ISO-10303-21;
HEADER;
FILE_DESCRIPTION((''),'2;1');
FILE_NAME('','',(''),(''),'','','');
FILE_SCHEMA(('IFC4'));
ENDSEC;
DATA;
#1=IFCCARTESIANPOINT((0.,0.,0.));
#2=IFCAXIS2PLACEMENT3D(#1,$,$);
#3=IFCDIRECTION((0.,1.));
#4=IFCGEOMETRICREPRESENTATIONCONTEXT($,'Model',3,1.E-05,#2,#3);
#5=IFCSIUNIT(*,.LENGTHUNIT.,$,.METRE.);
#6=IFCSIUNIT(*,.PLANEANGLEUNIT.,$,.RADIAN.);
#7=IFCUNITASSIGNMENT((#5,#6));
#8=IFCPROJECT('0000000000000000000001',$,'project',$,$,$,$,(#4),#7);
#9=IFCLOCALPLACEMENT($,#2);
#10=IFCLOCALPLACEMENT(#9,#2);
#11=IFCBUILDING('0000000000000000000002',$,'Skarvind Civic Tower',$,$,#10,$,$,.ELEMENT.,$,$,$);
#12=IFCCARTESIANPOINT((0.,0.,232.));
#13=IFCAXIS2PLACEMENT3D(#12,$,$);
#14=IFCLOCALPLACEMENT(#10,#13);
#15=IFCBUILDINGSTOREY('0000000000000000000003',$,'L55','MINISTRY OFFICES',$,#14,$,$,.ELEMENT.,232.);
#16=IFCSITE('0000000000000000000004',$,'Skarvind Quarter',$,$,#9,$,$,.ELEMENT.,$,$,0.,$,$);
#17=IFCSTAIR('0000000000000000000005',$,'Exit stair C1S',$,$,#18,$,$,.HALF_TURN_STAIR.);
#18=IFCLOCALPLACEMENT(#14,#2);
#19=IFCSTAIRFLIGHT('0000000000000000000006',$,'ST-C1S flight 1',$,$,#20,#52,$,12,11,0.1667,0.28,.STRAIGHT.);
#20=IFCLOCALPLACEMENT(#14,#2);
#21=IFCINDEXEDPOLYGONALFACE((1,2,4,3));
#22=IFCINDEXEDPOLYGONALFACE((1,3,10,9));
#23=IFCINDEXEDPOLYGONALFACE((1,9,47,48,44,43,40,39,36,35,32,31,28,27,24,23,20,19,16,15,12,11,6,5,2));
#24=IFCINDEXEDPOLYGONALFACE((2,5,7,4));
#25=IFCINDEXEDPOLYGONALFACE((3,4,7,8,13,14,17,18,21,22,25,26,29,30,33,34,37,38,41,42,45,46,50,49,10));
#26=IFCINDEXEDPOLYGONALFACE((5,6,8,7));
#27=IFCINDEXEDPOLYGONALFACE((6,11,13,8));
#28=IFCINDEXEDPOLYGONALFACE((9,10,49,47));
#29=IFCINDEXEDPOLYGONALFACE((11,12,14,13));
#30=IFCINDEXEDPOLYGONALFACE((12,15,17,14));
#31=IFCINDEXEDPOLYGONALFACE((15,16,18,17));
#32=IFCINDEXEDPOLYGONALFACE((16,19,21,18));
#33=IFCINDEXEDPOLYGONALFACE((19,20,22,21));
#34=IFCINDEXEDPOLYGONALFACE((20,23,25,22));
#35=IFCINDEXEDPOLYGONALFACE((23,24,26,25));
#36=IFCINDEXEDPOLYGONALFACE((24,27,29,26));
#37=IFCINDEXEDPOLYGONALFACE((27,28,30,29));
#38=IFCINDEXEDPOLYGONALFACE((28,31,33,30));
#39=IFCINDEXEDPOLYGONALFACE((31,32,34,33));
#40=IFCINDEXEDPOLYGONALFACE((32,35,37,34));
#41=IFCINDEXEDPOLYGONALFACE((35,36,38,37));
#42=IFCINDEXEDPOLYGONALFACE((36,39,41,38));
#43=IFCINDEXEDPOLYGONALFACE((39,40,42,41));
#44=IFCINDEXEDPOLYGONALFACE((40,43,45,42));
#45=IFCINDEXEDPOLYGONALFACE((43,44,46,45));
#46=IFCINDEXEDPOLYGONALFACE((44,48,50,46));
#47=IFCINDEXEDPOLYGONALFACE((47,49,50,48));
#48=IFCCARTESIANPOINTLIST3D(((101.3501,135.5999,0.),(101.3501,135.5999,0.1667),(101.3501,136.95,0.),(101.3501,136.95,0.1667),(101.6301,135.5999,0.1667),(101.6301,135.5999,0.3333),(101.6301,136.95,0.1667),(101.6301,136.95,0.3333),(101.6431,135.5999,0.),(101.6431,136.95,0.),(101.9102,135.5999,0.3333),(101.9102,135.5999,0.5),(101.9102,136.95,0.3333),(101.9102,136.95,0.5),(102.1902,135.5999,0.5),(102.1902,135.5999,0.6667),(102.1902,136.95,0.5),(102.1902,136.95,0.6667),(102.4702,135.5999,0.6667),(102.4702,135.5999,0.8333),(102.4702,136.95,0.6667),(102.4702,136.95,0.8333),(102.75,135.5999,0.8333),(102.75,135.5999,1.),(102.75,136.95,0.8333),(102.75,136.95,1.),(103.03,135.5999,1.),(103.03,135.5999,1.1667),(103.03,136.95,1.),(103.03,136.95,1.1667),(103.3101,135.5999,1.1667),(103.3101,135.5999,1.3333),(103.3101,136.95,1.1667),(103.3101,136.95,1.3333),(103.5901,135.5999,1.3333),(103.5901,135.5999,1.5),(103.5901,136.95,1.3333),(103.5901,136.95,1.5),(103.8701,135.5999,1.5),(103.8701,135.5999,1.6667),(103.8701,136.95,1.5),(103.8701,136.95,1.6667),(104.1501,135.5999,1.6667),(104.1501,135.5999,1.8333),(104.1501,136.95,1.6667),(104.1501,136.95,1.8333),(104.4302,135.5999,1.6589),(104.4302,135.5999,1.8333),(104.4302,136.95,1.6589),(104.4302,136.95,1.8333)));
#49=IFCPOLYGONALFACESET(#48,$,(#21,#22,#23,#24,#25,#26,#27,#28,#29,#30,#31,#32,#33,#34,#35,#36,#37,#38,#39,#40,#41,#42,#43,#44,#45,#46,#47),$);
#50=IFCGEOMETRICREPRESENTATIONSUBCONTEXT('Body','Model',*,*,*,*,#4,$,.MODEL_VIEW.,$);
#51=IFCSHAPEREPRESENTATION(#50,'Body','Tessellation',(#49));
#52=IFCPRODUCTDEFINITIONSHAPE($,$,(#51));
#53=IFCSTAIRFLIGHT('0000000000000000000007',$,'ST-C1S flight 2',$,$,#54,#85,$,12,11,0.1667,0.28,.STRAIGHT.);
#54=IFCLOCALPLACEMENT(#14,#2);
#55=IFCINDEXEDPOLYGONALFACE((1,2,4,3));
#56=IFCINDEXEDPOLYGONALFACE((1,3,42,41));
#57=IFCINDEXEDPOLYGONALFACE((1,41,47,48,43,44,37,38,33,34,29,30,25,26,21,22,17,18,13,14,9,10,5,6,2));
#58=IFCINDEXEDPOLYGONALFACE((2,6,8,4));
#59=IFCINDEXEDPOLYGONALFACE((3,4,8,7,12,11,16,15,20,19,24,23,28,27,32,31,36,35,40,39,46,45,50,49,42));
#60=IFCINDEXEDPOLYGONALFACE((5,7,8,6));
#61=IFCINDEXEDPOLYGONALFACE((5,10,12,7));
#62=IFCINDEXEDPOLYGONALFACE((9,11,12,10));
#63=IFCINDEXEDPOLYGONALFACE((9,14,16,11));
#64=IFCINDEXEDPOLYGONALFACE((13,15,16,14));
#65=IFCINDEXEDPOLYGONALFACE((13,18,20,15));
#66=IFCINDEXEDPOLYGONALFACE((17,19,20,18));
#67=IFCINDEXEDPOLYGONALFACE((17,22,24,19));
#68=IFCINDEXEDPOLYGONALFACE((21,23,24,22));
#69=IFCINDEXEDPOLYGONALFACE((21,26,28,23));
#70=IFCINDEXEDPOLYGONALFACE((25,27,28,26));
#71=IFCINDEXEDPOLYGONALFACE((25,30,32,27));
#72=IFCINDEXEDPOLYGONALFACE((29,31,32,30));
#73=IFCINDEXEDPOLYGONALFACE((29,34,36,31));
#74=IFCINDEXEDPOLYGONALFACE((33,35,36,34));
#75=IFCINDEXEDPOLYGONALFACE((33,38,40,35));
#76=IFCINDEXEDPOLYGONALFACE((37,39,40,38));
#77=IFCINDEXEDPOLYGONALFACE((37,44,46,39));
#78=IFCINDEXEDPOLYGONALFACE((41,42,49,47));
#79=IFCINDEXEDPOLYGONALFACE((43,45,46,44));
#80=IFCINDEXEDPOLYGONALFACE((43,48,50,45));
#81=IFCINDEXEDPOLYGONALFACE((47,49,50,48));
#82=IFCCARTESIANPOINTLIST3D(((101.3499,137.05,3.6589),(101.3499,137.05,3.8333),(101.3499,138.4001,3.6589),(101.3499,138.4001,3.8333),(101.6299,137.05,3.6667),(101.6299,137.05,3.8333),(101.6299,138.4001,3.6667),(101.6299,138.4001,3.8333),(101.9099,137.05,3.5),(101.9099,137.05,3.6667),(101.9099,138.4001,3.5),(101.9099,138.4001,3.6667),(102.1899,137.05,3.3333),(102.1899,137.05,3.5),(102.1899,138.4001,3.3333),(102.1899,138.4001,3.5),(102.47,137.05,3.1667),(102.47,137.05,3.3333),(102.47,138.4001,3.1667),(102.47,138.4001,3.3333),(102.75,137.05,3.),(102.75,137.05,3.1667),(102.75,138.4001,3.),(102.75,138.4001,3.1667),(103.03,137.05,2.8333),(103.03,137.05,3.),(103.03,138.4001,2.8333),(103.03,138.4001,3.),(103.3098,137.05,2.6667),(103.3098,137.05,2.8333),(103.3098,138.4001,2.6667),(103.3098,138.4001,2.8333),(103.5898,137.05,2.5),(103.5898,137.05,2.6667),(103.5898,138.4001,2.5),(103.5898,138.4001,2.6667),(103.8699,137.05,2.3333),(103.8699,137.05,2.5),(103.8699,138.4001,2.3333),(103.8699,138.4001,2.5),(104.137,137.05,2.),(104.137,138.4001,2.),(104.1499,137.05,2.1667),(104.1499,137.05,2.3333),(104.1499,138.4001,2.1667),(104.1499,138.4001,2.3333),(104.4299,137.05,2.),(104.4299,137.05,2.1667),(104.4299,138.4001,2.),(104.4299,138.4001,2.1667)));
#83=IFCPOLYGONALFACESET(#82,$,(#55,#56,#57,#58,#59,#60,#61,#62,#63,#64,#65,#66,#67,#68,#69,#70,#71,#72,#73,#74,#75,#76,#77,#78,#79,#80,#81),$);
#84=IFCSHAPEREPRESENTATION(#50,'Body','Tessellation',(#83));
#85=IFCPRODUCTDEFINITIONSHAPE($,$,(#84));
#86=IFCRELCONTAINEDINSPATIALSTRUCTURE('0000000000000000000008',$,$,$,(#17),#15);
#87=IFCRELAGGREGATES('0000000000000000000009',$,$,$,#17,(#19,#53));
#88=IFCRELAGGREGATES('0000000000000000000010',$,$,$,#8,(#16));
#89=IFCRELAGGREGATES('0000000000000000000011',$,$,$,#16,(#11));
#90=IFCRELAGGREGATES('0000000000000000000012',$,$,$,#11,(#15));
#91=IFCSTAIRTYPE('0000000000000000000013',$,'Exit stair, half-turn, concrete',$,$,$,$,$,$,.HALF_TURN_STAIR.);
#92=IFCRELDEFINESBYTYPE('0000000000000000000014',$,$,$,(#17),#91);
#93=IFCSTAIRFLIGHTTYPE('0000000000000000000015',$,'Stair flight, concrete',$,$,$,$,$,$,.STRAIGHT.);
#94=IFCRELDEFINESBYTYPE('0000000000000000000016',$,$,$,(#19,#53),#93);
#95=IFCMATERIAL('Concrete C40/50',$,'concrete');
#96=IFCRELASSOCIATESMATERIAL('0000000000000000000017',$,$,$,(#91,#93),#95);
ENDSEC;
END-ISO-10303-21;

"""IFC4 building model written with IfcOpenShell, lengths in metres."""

from ifc_helpers import new_model, si_unit, direction, frame, origin, place, context, subcontext, project, spatial, polyline, outline, extrude, material, type_object, element, aggregate, save


model = new_model("IFC4")

# Units and contexts
model_context = context("Model", 3, precision=1e-05, world=origin(), true_north=direction((0.0, 1.0)))
body_context = subcontext(model_context, "Body", "Model", "MODEL_VIEW")
ifc_project = project(units=[si_unit("LENGTHUNIT", "METRE"), si_unit("PLANEANGLEUNIT", "RADIAN")], contexts=[model_context])

# Site, building, storey
site_placement = place(None, origin())
site = spatial("IfcSite", under=ifc_project, at=site_placement, Name="Skarvind Quarter", CompositionType="ELEMENT", RefElevation=0.0)
building_placement = place(site_placement, origin())
building = spatial("IfcBuilding", under=site, at=building_placement, Name="Skarvind Civic Tower", CompositionType="ELEMENT")
storey_placement = place(building_placement, frame((0.0, 0.0, 232.0)))
storey = spatial("IfcBuildingStorey", under=building, at=storey_placement, Name="L55", Description="MINISTRY OFFICES", CompositionType="ELEMENT", Elevation=232.0)

# Stair, stair flights
ifc_material_1 = material(Name="Concrete C40/50", Category="concrete")
stair_type = type_object("IfcStairType", Name="Exit stair, half-turn, concrete", PredefinedType="HALF_TURN_STAIR", material=ifc_material_1)
stair_placement = place(storey_placement, origin())
stair = element("IfcStair", 1, at=stair_placement, inside=storey, type_object=stair_type, Name="Exit stair C1S", PredefinedType="HALF_TURN_STAIR")
stair_flight_type = type_object("IfcStairFlightType", Name="Stair flight, concrete", PredefinedType="STRAIGHT", material=ifc_material_1)
stair_flight_1_placement = place(storey_placement, frame((101.3501, 136.2749, 0.0), z_axis=(0.0, 0.0, 1.0), x_axis=(1.0, 0.0, 0.0)))
stair_flight_1 = element("IfcStairFlight", 2, at=stair_flight_1_placement, type_object=stair_flight_type, Name="ST-C1S flight 1", NumberOfRisers=12, NumberOfTreads=11, PredefinedType="STRAIGHT", RiserHeight=0.1667, TreadLength=0.28, context=body_context, shape_type="SweptSolid", body=[
    extrude(outline(polyline([(0.0, 0.0), (0.0, 0.1667), (0.28, 0.1667), (0.28, 0.3333), (0.5601, 0.3333), (0.5601, 0.5), (0.8401, 0.5), (0.8401, 0.6667), (1.1201, 0.6667), (1.1201, 0.8333), (1.3999, 0.8333), (1.3999, 1.0), (1.6799, 1.0), (1.6799, 1.1667), (1.96, 1.1667), (1.96, 1.3333), (2.24, 1.3333), (2.24, 1.5), (2.52, 1.5), (2.52, 1.6667), (2.8, 1.6667), (2.8, 1.8333), (3.0801, 1.8333), (3.0801, 2.0), (3.0801, 1.6589), (0.293, 0.0), (0.0, 0.0)])), frame((0.0, 0.675, 0.0), z_axis=(0.0, -1.0, 0.0), x_axis=(1.0, 0.0, 0.0)), (0.0, 0.0, 1.0), 1.3501),
])
stair_flight_2_placement = place(storey_placement, frame((104.4299, 137.7251, 2.0), z_axis=(0.0, 0.0, 1.0), x_axis=(-1.0, 0.0, 0.0)))
stair_flight_2 = element("IfcStairFlight", 3, at=stair_flight_2_placement, type_object=stair_flight_type, Name="ST-C1S flight 2", NumberOfRisers=12, NumberOfTreads=11, PredefinedType="STRAIGHT", RiserHeight=0.1667, TreadLength=0.28, context=body_context, shape_type="SweptSolid", body=[
    extrude(outline(polyline([(0.0, 0.0), (0.0, 0.1667), (0.28, 0.1667), (0.28, 0.3333), (0.5601, 0.3333), (0.5601, 0.5), (0.8401, 0.5), (0.8401, 0.6667), (1.1201, 0.6667), (1.1201, 0.8333), (1.3999, 0.8333), (1.3999, 1.0), (1.6799, 1.0), (1.6799, 1.1667), (1.96, 1.1667), (1.96, 1.3333), (2.24, 1.3333), (2.24, 1.5), (2.52, 1.5), (2.52, 1.6667), (2.8, 1.6667), (2.8, 1.8333), (3.0801, 1.8333), (3.0801, 2.0), (3.0801, 1.6589), (0.293, 0.0), (0.0, 0.0)])), frame((0.0, 0.675, 0.0), z_axis=(0.0, -1.0, 0.0), x_axis=(1.0, 0.0, 0.0)), (0.0, 0.0, 1.0), 1.3501),
])
aggregate(stair, [stair_flight_1, stair_flight_2])

save(model, "model.ifc")
